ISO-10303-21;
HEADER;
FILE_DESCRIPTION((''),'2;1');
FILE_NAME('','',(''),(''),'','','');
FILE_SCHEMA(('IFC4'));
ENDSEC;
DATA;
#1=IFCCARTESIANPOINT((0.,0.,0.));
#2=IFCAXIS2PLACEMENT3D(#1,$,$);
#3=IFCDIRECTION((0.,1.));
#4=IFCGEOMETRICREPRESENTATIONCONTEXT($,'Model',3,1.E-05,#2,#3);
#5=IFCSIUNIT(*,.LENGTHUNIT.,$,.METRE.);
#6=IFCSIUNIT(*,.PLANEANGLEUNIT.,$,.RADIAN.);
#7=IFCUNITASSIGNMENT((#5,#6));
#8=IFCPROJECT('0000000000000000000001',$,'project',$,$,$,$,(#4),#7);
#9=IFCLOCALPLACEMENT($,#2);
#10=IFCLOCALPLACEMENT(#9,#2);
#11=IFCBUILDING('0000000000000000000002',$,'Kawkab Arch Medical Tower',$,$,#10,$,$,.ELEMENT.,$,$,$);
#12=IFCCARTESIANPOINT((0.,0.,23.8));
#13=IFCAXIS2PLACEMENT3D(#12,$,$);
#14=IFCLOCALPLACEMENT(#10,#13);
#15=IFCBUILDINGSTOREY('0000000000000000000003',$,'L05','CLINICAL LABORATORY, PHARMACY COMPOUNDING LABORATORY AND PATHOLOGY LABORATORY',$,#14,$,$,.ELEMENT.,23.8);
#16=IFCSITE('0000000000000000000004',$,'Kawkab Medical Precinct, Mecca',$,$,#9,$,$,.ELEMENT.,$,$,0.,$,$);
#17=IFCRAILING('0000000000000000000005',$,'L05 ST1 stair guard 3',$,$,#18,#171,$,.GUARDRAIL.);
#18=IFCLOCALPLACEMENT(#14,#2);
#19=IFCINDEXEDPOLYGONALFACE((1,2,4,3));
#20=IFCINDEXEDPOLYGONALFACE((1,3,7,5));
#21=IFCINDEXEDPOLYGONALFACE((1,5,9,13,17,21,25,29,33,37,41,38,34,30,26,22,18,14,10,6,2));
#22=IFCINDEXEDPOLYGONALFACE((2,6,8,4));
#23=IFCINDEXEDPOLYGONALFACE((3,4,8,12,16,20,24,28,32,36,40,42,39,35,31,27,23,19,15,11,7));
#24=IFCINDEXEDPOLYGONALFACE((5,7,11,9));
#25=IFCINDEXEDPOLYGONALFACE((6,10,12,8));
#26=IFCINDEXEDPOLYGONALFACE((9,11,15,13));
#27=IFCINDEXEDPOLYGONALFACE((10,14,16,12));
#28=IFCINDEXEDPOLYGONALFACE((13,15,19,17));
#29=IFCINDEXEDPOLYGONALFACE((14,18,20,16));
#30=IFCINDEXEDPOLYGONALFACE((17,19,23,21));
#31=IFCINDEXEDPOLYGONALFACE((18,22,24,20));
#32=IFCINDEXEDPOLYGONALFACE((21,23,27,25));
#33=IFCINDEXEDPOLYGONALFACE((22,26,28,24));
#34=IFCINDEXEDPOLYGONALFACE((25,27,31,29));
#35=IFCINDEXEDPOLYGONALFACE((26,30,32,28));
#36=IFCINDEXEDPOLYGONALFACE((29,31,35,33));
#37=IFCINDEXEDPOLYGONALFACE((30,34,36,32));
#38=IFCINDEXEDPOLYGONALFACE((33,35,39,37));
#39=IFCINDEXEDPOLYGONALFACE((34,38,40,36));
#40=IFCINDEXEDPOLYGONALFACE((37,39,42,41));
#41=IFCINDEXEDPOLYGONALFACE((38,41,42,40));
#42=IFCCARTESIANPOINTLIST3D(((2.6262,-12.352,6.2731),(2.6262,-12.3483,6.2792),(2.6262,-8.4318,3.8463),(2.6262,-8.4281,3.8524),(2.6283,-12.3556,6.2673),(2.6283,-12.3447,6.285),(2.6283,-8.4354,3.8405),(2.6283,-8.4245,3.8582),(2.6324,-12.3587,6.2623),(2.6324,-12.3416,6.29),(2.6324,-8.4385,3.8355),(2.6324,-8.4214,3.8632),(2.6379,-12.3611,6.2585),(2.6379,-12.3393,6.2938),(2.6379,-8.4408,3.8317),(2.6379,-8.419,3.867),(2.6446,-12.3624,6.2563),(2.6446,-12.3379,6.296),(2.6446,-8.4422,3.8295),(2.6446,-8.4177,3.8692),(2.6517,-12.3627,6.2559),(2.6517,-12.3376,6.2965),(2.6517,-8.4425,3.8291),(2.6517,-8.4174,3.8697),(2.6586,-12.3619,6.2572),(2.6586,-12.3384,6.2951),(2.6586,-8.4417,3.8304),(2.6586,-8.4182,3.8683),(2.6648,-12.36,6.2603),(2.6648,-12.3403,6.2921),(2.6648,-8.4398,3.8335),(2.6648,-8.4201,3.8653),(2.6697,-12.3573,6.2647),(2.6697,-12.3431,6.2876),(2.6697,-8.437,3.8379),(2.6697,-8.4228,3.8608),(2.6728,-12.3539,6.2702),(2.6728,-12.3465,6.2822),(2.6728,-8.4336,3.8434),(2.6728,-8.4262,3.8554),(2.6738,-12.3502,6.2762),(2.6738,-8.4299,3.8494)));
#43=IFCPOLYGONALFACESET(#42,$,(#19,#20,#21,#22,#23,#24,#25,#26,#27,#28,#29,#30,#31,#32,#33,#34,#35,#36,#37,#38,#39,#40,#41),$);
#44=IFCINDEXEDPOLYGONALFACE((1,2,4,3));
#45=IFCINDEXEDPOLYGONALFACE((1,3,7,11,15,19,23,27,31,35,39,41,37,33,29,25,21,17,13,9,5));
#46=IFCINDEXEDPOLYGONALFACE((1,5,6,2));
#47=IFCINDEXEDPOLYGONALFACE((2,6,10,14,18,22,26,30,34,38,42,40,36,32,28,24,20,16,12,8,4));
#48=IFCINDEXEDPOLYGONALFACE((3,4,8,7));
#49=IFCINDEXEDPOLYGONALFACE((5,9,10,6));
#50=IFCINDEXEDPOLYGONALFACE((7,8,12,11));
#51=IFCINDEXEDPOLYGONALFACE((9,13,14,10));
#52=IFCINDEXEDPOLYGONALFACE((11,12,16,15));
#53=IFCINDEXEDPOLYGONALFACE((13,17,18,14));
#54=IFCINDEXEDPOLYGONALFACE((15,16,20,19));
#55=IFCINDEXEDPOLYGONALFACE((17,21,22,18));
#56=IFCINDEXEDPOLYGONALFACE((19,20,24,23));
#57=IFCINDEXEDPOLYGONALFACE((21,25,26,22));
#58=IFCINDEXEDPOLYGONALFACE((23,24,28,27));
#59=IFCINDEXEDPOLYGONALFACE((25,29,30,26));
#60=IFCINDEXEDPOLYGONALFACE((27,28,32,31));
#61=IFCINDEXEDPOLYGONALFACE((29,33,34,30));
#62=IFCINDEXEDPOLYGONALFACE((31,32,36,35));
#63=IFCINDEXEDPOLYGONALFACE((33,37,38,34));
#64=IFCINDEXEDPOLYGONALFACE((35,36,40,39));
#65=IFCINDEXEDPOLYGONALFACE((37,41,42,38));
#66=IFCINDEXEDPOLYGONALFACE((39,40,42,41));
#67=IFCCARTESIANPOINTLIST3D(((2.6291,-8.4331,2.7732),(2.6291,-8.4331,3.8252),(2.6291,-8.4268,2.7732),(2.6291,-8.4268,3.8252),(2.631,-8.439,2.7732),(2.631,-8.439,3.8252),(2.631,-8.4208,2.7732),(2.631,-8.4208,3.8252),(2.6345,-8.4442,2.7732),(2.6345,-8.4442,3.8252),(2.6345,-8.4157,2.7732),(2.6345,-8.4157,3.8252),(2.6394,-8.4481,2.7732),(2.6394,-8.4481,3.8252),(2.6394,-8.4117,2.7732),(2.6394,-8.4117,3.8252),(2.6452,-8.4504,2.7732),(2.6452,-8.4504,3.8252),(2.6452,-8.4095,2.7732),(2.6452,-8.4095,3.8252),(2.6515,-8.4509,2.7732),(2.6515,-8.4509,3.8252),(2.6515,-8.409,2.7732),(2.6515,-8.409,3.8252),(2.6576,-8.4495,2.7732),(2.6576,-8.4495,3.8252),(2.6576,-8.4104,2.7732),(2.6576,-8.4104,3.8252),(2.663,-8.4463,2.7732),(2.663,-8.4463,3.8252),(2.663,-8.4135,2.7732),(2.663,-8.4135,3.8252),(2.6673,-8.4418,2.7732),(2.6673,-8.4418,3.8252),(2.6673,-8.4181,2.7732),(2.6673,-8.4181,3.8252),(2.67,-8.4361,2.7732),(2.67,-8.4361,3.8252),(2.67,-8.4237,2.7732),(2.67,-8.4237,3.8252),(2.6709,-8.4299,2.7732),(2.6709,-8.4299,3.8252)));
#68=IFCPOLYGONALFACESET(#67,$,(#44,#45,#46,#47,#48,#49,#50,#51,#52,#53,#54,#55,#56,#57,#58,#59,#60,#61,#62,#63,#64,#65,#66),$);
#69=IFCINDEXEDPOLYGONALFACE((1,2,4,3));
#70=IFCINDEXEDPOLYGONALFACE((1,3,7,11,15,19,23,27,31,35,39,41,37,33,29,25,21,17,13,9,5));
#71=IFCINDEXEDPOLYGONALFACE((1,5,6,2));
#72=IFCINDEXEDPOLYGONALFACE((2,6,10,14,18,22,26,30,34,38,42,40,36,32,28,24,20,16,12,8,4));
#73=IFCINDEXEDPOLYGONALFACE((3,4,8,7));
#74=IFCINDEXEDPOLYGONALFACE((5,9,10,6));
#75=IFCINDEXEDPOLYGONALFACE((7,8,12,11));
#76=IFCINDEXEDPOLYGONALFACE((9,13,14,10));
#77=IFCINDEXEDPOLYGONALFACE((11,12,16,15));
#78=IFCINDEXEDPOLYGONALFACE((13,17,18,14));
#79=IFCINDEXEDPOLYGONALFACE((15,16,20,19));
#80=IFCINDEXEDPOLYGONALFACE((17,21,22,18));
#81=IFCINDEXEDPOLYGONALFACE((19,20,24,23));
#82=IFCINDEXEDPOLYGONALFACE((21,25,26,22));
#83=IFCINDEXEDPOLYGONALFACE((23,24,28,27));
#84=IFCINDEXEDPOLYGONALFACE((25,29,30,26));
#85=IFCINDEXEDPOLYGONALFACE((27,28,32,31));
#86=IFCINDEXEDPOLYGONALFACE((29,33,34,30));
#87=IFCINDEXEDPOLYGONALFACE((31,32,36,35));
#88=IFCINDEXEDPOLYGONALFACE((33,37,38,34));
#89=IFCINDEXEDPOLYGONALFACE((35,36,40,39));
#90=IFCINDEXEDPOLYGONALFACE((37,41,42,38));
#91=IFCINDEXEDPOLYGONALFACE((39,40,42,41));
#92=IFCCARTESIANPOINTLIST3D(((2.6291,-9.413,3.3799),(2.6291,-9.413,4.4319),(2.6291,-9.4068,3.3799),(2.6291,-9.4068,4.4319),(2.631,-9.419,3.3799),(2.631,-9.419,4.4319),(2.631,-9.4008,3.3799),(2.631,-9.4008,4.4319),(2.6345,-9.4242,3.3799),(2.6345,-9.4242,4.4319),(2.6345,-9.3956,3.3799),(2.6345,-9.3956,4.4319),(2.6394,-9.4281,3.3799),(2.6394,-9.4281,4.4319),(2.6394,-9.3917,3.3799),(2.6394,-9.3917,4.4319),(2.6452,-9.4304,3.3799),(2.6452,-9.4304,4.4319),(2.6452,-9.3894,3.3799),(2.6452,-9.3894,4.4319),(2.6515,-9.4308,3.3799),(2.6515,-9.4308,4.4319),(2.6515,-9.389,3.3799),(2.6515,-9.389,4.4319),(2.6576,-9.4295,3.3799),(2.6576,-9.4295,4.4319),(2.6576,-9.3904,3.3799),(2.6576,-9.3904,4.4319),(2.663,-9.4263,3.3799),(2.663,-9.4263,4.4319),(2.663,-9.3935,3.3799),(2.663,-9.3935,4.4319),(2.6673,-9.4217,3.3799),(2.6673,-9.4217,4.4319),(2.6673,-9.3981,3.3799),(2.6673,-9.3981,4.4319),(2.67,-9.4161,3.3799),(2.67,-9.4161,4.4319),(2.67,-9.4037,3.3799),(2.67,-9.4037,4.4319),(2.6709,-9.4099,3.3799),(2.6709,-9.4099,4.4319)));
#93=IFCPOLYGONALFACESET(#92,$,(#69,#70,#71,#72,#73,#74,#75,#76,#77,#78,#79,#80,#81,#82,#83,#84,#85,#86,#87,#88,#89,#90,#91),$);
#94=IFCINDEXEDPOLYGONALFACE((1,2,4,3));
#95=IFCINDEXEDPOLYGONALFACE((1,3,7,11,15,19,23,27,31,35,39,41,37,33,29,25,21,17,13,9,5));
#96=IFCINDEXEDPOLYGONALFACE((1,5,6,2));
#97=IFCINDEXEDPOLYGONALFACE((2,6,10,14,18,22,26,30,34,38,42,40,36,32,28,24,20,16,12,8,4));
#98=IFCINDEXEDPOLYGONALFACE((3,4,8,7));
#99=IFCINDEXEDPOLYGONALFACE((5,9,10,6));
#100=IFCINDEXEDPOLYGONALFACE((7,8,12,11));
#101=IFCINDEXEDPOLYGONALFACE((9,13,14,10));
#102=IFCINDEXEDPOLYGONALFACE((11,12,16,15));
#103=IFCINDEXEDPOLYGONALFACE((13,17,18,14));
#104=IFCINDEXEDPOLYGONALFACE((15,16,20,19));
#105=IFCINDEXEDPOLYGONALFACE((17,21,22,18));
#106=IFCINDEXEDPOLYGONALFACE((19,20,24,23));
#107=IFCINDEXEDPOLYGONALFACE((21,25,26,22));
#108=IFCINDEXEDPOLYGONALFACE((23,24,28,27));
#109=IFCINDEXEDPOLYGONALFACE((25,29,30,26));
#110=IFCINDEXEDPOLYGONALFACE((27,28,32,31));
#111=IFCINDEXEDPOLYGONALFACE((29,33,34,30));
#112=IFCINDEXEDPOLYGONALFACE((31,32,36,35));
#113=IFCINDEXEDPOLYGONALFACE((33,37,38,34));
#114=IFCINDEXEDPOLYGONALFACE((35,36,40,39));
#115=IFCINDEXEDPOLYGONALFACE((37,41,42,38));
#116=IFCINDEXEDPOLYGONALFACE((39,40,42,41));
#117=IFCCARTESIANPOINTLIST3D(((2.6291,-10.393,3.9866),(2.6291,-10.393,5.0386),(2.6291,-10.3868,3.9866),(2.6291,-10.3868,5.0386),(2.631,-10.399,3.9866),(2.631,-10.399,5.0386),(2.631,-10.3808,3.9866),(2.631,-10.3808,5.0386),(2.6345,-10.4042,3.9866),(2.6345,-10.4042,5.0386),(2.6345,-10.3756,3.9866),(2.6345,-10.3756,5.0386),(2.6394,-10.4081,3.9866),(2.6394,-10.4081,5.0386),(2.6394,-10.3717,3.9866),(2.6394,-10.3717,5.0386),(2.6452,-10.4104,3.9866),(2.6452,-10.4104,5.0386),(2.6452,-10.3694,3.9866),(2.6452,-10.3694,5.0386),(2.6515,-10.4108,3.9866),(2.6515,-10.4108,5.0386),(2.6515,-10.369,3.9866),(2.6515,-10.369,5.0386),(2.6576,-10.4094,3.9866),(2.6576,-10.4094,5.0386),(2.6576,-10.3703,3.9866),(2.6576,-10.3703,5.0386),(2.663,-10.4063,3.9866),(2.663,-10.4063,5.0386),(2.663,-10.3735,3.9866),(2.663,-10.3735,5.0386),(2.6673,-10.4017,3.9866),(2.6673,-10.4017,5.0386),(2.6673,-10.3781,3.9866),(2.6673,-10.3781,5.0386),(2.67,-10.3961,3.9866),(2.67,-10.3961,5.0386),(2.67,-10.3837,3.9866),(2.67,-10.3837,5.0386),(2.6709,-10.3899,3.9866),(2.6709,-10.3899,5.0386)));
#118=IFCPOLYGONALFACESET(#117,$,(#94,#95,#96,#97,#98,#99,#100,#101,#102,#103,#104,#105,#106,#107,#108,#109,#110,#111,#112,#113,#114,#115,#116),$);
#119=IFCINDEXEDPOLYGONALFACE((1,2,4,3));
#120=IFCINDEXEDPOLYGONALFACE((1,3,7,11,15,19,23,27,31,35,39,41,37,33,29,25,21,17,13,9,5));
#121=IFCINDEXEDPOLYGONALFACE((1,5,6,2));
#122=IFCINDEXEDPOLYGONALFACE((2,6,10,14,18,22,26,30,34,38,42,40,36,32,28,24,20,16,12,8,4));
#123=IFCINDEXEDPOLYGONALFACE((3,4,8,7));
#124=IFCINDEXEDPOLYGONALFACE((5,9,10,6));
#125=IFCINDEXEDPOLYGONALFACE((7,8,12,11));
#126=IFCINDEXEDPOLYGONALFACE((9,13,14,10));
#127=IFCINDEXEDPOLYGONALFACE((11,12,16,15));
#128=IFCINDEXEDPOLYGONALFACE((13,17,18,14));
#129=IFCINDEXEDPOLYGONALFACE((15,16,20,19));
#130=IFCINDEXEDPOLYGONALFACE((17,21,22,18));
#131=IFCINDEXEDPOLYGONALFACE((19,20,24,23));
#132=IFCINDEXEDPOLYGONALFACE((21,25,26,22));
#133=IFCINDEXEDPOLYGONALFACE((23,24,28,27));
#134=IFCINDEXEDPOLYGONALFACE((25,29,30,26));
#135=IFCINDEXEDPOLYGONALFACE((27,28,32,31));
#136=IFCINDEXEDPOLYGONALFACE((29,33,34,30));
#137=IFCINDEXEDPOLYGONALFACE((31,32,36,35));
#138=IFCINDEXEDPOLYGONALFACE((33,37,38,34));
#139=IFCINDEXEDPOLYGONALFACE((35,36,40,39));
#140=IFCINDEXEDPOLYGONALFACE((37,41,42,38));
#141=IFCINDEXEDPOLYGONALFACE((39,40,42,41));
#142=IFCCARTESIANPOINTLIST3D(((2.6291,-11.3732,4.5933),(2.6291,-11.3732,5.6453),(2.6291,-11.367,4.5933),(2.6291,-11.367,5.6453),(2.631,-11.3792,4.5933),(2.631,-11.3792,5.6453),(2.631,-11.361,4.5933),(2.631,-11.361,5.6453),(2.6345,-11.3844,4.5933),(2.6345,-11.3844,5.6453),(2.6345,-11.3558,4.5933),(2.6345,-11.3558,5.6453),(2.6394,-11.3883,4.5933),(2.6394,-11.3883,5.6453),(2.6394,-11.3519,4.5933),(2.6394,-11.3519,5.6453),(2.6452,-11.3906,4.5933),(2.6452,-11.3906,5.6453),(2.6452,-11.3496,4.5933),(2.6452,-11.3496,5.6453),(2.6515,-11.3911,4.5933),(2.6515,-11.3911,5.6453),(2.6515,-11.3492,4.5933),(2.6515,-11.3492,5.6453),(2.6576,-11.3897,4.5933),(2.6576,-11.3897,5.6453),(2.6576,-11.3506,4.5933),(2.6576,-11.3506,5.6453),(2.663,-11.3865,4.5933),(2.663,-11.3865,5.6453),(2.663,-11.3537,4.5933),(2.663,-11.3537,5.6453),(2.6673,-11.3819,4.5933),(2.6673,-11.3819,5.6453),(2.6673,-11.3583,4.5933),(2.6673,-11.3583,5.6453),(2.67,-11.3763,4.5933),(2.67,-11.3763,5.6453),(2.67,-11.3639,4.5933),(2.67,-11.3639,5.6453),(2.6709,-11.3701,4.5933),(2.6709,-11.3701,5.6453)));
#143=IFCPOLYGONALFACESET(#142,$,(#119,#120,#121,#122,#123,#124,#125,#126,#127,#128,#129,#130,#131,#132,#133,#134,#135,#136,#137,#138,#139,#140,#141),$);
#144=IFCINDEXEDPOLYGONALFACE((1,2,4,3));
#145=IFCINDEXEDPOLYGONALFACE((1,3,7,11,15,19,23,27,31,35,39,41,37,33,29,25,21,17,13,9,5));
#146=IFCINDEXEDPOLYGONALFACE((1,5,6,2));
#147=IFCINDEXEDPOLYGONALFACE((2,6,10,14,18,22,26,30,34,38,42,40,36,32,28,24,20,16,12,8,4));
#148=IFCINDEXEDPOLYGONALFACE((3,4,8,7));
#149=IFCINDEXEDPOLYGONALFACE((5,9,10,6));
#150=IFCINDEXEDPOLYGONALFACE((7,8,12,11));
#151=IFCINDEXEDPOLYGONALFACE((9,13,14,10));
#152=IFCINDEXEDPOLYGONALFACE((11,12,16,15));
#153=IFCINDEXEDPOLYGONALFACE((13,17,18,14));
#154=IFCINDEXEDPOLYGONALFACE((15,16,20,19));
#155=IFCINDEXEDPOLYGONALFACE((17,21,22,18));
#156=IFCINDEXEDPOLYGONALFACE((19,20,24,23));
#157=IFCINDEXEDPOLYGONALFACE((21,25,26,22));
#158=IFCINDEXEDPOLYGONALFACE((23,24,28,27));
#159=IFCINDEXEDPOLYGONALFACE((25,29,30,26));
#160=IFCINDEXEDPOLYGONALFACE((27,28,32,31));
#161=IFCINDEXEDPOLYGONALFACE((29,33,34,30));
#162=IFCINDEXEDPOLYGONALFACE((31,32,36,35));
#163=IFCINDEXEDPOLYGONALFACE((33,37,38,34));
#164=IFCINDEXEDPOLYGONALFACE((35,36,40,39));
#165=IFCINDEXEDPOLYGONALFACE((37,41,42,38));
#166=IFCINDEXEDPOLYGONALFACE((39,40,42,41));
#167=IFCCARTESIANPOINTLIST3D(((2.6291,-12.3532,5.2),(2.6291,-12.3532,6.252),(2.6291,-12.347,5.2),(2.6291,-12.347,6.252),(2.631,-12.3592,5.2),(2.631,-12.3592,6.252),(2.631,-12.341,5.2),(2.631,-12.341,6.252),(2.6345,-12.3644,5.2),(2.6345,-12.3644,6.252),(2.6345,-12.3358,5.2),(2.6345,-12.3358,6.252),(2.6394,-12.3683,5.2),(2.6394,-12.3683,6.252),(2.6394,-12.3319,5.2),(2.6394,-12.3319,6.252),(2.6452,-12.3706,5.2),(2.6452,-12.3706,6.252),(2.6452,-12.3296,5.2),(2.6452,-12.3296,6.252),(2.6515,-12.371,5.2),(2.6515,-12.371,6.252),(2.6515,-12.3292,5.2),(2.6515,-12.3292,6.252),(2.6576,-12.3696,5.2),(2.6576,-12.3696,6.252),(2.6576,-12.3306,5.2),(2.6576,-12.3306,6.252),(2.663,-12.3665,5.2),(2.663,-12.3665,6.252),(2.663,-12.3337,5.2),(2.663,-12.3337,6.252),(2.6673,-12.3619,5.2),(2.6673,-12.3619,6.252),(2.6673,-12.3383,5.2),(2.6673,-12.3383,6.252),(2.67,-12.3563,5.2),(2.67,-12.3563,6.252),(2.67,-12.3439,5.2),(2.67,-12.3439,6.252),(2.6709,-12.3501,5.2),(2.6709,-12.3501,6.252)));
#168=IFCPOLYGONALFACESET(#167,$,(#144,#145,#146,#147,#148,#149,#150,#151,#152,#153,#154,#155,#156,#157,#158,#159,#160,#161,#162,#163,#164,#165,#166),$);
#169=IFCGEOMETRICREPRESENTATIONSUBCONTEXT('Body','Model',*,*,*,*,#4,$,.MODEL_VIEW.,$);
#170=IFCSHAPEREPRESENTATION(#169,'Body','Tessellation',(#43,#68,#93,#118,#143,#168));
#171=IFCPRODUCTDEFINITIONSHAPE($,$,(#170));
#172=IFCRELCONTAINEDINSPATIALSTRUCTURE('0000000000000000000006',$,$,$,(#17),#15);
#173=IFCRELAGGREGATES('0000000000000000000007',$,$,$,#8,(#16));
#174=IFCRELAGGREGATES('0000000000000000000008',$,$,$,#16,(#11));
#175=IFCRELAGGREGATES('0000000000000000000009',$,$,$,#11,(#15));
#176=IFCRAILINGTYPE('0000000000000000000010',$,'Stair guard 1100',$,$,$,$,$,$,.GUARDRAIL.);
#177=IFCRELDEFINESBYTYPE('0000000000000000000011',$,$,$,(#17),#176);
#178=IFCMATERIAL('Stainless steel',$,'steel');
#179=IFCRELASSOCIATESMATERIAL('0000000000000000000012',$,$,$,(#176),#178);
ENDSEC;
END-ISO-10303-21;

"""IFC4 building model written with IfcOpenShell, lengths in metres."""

from ifc_helpers import new_model, si_unit, direction, frame, origin, origin_2d, place, context, subcontext, project, spatial, circle, extrude, material, type_object, element, save


model = new_model("IFC4")

# Units and contexts
model_context = context("Model", 3, precision=1e-05, world=origin(), true_north=direction((0.0, 1.0)))
body_context = subcontext(model_context, "Body", "Model", "MODEL_VIEW")
ifc_project = project(units=[si_unit("LENGTHUNIT", "METRE"), si_unit("PLANEANGLEUNIT", "RADIAN")], contexts=[model_context])

# Site, building, storey
site_placement = place(None, origin())
site = spatial("IfcSite", under=ifc_project, at=site_placement, Name="Kawkab Medical Precinct, Mecca", CompositionType="ELEMENT", RefElevation=0.0)
building_placement = place(site_placement, origin())
building = spatial("IfcBuilding", under=site, at=building_placement, Name="Kawkab Arch Medical Tower", CompositionType="ELEMENT")
storey_placement = place(building_placement, frame((0.0, 0.0, 23.8)))
storey = spatial("IfcBuildingStorey", under=building, at=storey_placement, Name="L05", Description="CLINICAL LABORATORY, PHARMACY COMPOUNDING LABORATORY AND PATHOLOGY LABORATORY", CompositionType="ELEMENT", Elevation=23.8)

# Railing
ifc_material_1 = material(Name="Stainless steel", Category="steel")
railing_type = type_object("IfcRailingType", Name="Stair guard 1100", PredefinedType="GUARDRAIL", material=ifc_material_1)
railing_1_placement = place(storey_placement, frame((2.6499, -8.4299, 2.7732)))
element("IfcRailing", 1, at=railing_1_placement, inside=storey, type_object=railing_type, Name="L05 ST1 stair guard 3", PredefinedType="GUARDRAIL", context=body_context, shape_type="SweptSolid", body=[
    extrude(circle(Radius=0.0239, at=origin_2d()), frame((0.0, 0.0, 1.0762), z_axis=(0.0, -0.850266, 0.526353), x_axis=(1.0, 0.0, 0.0)), (0.0, 0.0, 1.0), 4.6106),
    extrude(circle(Radius=0.021, at=origin_2d()), origin(), (0.0, 0.0, 1.0), 1.052),
    extrude(circle(Radius=0.021, at=origin_2d()), frame((0.0, -0.98, 0.6067)), (0.0, 0.0, 1.0), 1.052),
    extrude(circle(Radius=0.021, at=origin_2d()), frame((0.0, -1.96, 1.2134)), (0.0, 0.0, 1.0), 1.052),
    extrude(circle(Radius=0.021, at=origin_2d()), frame((0.0, -2.9402, 1.8201)), (0.0, 0.0, 1.0), 1.052),
    extrude(circle(Radius=0.021, at=origin_2d()), frame((0.0, -3.9202, 2.4268)), (0.0, 0.0, 1.0), 1.052),
])

save(model, "model.ifc")
